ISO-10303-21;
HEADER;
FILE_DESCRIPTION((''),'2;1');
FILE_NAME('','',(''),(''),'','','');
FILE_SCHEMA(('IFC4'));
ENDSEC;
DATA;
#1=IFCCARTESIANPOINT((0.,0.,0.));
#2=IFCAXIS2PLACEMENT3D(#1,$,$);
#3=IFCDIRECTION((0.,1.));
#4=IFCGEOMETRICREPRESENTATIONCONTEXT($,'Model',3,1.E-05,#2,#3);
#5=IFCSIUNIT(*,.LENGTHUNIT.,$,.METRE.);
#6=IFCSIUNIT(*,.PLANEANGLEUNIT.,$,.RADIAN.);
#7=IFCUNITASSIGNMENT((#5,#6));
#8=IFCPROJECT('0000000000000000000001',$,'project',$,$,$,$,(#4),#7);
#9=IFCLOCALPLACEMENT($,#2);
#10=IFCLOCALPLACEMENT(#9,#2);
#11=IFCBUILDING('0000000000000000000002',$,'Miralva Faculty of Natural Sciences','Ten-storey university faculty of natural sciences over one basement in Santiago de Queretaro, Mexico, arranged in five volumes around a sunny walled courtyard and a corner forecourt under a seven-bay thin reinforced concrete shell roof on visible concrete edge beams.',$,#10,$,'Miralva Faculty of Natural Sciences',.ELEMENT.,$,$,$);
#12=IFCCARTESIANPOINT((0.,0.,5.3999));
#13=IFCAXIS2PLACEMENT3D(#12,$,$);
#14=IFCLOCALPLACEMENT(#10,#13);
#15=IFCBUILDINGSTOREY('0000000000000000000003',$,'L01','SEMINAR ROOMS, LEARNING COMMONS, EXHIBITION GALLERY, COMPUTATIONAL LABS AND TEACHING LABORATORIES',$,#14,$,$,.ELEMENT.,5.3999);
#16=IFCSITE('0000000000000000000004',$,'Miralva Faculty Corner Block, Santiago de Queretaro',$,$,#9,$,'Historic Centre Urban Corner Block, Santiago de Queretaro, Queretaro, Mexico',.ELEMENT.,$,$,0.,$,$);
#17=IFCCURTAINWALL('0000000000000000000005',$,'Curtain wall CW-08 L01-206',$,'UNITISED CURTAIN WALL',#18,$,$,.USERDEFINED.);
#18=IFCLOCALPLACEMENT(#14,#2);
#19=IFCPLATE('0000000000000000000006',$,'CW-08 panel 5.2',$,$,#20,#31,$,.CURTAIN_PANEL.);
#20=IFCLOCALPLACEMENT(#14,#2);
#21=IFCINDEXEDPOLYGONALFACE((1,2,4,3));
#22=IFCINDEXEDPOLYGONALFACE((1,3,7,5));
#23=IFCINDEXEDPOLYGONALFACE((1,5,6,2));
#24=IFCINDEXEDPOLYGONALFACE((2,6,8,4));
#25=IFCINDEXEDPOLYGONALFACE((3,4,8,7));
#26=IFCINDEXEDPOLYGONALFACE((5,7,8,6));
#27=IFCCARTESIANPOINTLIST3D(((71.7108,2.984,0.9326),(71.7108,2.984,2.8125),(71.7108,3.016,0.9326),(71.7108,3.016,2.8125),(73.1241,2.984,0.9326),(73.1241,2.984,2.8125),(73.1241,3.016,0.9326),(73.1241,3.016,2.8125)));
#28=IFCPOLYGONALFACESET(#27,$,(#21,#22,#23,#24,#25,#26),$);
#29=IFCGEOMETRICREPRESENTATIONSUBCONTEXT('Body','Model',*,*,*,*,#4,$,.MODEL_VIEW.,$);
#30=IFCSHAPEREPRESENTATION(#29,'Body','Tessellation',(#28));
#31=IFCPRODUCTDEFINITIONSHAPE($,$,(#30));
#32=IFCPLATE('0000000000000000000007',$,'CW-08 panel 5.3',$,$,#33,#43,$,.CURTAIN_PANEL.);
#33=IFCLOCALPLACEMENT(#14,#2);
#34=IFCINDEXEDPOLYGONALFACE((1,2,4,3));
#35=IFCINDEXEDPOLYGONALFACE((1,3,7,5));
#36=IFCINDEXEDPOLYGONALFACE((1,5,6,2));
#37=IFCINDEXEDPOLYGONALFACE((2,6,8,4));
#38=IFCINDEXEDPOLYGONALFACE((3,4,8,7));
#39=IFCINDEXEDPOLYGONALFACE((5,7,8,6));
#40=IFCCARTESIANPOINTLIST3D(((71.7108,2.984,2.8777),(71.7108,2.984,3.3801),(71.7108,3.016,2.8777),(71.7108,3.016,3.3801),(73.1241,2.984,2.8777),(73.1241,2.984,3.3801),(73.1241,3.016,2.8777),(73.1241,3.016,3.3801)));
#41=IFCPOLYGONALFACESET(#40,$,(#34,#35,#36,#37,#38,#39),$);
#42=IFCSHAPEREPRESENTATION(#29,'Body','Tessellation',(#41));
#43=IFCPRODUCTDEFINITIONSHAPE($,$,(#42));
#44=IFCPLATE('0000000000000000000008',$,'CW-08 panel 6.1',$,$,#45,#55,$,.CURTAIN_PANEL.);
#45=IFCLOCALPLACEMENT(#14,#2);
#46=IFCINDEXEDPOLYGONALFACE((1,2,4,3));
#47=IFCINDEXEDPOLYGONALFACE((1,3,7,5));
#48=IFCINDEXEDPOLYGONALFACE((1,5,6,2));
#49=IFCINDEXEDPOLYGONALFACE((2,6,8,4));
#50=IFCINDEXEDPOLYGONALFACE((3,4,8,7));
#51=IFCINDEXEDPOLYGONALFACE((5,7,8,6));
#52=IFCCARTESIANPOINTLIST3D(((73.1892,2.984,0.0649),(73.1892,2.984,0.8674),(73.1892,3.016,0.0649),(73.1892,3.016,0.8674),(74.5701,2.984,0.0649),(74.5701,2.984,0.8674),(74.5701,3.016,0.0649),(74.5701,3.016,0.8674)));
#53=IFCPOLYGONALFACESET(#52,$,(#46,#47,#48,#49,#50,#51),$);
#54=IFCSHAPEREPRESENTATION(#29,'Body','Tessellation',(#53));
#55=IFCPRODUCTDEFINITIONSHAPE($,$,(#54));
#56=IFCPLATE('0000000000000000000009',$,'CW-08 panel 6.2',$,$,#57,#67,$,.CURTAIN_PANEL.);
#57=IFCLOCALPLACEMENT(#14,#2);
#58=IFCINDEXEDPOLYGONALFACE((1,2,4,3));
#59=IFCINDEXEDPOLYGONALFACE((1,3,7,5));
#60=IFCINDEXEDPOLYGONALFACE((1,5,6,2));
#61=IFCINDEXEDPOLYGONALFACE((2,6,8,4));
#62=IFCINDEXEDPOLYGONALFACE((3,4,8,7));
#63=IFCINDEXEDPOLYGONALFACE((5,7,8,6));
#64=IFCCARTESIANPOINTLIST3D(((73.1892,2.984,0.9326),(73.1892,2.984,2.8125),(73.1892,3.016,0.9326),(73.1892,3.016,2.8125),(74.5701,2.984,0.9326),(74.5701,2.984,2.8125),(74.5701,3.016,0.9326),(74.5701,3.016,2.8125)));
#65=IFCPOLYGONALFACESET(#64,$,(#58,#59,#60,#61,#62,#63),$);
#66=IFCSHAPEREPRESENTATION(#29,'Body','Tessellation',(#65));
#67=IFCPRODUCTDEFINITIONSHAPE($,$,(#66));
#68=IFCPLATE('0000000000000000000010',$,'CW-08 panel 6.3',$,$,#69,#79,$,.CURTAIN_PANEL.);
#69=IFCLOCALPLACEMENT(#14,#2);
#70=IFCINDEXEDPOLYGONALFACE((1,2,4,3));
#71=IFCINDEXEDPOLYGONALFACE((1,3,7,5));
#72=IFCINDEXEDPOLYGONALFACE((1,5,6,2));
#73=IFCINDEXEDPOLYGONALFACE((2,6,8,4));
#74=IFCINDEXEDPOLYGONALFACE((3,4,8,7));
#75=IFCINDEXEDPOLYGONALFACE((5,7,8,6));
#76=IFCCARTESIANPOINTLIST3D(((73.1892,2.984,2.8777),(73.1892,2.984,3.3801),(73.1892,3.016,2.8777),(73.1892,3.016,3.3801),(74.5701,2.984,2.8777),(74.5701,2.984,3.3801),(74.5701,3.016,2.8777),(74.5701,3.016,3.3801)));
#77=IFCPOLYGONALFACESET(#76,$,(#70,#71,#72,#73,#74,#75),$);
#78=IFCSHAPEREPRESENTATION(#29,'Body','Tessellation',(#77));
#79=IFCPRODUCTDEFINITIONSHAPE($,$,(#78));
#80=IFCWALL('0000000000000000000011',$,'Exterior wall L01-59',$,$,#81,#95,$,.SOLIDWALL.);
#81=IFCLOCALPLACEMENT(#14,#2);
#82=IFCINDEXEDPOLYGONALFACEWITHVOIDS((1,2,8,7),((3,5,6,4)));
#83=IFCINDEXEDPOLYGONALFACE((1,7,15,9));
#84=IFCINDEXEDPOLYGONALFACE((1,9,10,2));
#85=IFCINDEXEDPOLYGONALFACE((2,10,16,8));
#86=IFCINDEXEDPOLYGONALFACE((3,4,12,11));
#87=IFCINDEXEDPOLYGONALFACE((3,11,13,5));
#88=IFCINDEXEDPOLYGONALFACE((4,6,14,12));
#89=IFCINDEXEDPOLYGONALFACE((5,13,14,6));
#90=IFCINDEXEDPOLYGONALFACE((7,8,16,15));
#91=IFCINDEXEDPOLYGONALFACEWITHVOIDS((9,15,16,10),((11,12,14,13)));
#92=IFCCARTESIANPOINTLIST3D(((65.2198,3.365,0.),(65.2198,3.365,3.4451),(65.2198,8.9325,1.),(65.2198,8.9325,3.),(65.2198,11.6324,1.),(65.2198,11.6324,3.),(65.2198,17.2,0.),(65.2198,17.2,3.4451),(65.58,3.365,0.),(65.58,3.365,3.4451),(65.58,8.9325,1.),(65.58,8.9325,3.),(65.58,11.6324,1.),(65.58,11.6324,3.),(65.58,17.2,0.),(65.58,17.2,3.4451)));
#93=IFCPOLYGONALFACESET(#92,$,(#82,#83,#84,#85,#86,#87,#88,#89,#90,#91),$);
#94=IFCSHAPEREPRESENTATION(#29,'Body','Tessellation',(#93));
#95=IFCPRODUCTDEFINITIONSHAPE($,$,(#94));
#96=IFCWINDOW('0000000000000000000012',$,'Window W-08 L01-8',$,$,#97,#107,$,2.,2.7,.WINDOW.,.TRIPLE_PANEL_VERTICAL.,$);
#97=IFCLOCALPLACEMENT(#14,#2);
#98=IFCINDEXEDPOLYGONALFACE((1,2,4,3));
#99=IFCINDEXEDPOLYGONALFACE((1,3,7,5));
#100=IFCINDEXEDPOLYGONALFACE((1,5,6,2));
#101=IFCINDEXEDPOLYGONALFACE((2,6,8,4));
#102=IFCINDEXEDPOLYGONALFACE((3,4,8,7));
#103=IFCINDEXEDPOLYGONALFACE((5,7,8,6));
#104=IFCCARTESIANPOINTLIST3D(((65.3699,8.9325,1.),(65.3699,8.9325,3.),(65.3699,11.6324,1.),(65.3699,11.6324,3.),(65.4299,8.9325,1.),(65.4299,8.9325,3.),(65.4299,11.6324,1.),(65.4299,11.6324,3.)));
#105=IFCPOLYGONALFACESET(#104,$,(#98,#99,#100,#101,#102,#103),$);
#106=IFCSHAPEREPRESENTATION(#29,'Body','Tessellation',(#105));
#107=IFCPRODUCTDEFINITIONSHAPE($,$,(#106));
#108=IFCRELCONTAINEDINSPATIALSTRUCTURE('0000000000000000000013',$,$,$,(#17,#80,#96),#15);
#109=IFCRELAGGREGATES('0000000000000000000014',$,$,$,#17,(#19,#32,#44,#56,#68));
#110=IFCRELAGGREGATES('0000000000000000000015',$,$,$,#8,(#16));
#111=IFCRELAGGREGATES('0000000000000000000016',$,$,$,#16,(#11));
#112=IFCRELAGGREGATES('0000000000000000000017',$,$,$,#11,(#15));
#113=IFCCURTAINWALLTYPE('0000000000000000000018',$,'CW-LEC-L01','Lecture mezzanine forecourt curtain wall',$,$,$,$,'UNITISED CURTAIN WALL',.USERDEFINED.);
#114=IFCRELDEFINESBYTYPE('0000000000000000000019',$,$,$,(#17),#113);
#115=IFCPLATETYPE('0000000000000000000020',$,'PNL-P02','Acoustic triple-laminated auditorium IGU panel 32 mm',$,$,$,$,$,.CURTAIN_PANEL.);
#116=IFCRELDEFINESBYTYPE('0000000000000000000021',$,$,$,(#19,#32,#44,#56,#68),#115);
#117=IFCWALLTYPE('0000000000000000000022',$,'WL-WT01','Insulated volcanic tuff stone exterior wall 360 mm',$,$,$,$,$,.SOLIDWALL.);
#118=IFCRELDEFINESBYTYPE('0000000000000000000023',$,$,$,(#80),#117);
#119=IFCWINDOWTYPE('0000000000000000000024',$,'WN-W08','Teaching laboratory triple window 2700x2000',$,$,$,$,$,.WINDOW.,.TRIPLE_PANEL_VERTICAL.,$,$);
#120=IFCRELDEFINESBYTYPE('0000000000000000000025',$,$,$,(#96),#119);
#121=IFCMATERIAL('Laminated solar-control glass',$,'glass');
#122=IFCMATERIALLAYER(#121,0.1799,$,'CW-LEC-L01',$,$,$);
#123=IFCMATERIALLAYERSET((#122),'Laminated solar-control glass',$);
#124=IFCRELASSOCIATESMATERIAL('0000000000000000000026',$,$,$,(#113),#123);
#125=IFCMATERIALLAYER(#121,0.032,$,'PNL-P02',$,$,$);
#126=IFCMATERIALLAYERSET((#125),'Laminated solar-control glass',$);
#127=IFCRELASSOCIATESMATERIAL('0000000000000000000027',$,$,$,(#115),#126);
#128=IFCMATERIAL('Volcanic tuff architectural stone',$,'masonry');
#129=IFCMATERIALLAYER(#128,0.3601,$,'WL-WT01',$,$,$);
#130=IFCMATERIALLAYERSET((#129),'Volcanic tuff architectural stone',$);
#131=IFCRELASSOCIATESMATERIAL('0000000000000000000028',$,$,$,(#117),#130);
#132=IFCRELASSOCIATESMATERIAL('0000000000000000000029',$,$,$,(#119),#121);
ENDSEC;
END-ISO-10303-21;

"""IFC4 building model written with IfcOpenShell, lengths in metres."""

from ifc_helpers import new_model, si_unit, direction, frame, frame_2d, origin, origin_2d, place, context, subcontext, project, spatial, rectangle, extrude, material, layer, layer_set, type_object, element, fill, aggregate, save


model = new_model("IFC4")

# Units and contexts
model_context = context("Model", 3, precision=1e-05, world=origin(), true_north=direction((0.0, 1.0)))
body_context = subcontext(model_context, "Body", "Model", "MODEL_VIEW")
ifc_project = project(units=[si_unit("LENGTHUNIT", "METRE"), si_unit("PLANEANGLEUNIT", "RADIAN")], contexts=[model_context])

# Site, building, storey
site_placement = place(None, origin())
site = spatial("IfcSite", under=ifc_project, at=site_placement, Name="Miralva Faculty Corner Block, Santiago de Queretaro", LongName="Historic Centre Urban Corner Block, Santiago de Queretaro, Queretaro, Mexico", CompositionType="ELEMENT", RefElevation=0.0)
building_placement = place(site_placement, origin())
building = spatial("IfcBuilding", under=site, at=building_placement, Name="Miralva Faculty of Natural Sciences", Description="Ten-storey university faculty of natural sciences over one basement in Santiago de Queretaro, Mexico, arranged in five volumes around a sunny walled courtyard and a corner forecourt under a seven-bay thin reinforced concrete shell roof on visible concrete edge beams.", LongName="Miralva Faculty of Natural Sciences", CompositionType="ELEMENT")
storey_placement = place(building_placement, frame((0.0, 0.0, 5.3999)))
storey = spatial("IfcBuildingStorey", under=building, at=storey_placement, Name="L01", Description="SEMINAR ROOMS, LEARNING COMMONS, EXHIBITION GALLERY, COMPUTATIONAL LABS AND TEACHING LABORATORIES", CompositionType="ELEMENT", Elevation=5.3999)

# Curtain wall
ifc_material_1 = material(Name="Laminated solar-control glass", Category="glass")
ifc_layer_1 = layer(ifc_material_1, 0.1799, Name="CW-LEC-L01")
ifc_layer_set_1 = layer_set([ifc_layer_1], Name="Laminated solar-control glass")
curtain_wall_type = type_object("IfcCurtainWallType", Name="CW-LEC-L01", Description="Lecture mezzanine forecourt curtain wall", ElementType="UNITISED CURTAIN WALL", PredefinedType="USERDEFINED", material=ifc_layer_set_1)
curtain_wall_1_placement = place(storey_placement, origin())
curtain_wall_1 = element("IfcCurtainWall", 1, at=curtain_wall_1_placement, inside=storey, type_object=curtain_wall_type, Name="Curtain wall CW-08 L01-206", ObjectType="UNITISED CURTAIN WALL", PredefinedType="USERDEFINED")

# Plates
ifc_layer_2 = layer(ifc_material_1, 0.032, Name="PNL-P02")
ifc_layer_set_2 = layer_set([ifc_layer_2], Name="Laminated solar-control glass")
plate_type = type_object("IfcPlateType", Name="PNL-P02", Description="Acoustic triple-laminated auditorium IGU panel 32 mm", PredefinedType="CURTAIN_PANEL", material=ifc_layer_set_2)
plate_1_placement = place(storey_placement, frame((72.4175, 3.0, 0.9326), z_axis=(0.0, 0.0, 1.0), x_axis=(1.0, 0.0, 0.0)))
plate_1 = element("IfcPlate", 2, at=plate_1_placement, type_object=plate_type, Name="CW-08 panel 5.2", PredefinedType="CURTAIN_PANEL", context=body_context, shape_type="SweptSolid", body=[
    extrude(rectangle(XDim=1.4133, YDim=0.032, at=origin_2d()), origin(), (0.0, 0.0, 1.0), 1.8799),
])
plate_2_placement = place(storey_placement, frame((72.4175, 3.0, 2.8777), z_axis=(0.0, 0.0, 1.0), x_axis=(1.0, 0.0, 0.0)))
plate_2 = element("IfcPlate", 3, at=plate_2_placement, type_object=plate_type, Name="CW-08 panel 5.3", PredefinedType="CURTAIN_PANEL", context=body_context, shape_type="SweptSolid", body=[
    extrude(rectangle(XDim=1.4133, YDim=0.032, at=origin_2d()), origin(), (0.0, 0.0, 1.0), 0.5024),
])
plate_3_placement = place(storey_placement, frame((73.8796, 3.0, 0.0649), z_axis=(0.0, 0.0, 1.0), x_axis=(1.0, 0.0, 0.0)))
plate_3 = element("IfcPlate", 4, at=plate_3_placement, type_object=plate_type, Name="CW-08 panel 6.1", PredefinedType="CURTAIN_PANEL", context=body_context, shape_type="SweptSolid", body=[
    extrude(rectangle(XDim=1.3809, YDim=0.032, at=origin_2d()), origin(), (0.0, 0.0, 1.0), 0.8025),
])
plate_4_placement = place(storey_placement, frame((73.8796, 3.0, 0.9326), z_axis=(0.0, 0.0, 1.0), x_axis=(1.0, 0.0, 0.0)))
plate_4 = element("IfcPlate", 5, at=plate_4_placement, type_object=plate_type, Name="CW-08 panel 6.2", PredefinedType="CURTAIN_PANEL", context=body_context, shape_type="SweptSolid", body=[
    extrude(rectangle(XDim=1.3809, YDim=0.032, at=origin_2d()), origin(), (0.0, 0.0, 1.0), 1.8799),
])
plate_5_placement = place(storey_placement, frame((73.8796, 3.0, 2.8777), z_axis=(0.0, 0.0, 1.0), x_axis=(1.0, 0.0, 0.0)))
plate_5 = element("IfcPlate", 6, at=plate_5_placement, type_object=plate_type, Name="CW-08 panel 6.3", PredefinedType="CURTAIN_PANEL", context=body_context, shape_type="SweptSolid", body=[
    extrude(rectangle(XDim=1.3809, YDim=0.032, at=origin_2d()), origin(), (0.0, 0.0, 1.0), 0.5024),
])
aggregate(curtain_wall_1, [plate_1, plate_2, plate_3, plate_4, plate_5])

# Wall, opening, window
ifc_material_2 = material(Name="Volcanic tuff architectural stone", Category="masonry")
ifc_layer_3 = layer(ifc_material_2, 0.3601, Name="WL-WT01")
ifc_layer_set_3 = layer_set([ifc_layer_3], Name="Volcanic tuff architectural stone")
wall_type = type_object("IfcWallType", Name="WL-WT01", Description="Insulated volcanic tuff stone exterior wall 360 mm", PredefinedType="SOLIDWALL", material=ifc_layer_set_3)
wall_placement = place(storey_placement, frame((65.3999, 3.365, 0.0), z_axis=(0.0, 0.0, 1.0), x_axis=(0.0, 1.0, 0.0)))
wall = element("IfcWall", 7, at=wall_placement, inside=storey, type_object=wall_type, Name="Exterior wall L01-59", PredefinedType="SOLIDWALL", context=body_context, shape_type="SweptSolid", body=[
    extrude(rectangle(XDim=13.835, YDim=0.3601, at=frame_2d((6.9175, 0.0))), origin(), (0.0, 0.0, 1.0), 3.4451),
])
opening_placement = place(wall_placement, frame((5.5674, 0.0, 1.0)))
opening = element("IfcOpeningElement", 8, at=opening_placement, cuts=wall, PredefinedType="OPENING", context=body_context, shape_type="SweptSolid", body=[
    extrude(rectangle(XDim=2.7, YDim=2.0, at=frame_2d((1.3501, 1.0))), frame((0.0, 0.1899, 0.0), z_axis=(0.0, -1.0, 0.0), x_axis=(1.0, 0.0, 0.0)), (0.0, 0.0, 1.0), 0.3801),
])
window_type = type_object("IfcWindowType", Name="WN-W08", Description="Teaching laboratory triple window 2700x2000", PartitioningType="TRIPLE_PANEL_VERTICAL", PredefinedType="WINDOW", material=ifc_material_1)
window_placement = place(opening_placement, origin())
window = element("IfcWindow", 9, at=window_placement, inside=storey, type_object=window_type, Name="Window W-08 L01-8", OverallHeight=2.0, OverallWidth=2.7, PartitioningType="TRIPLE_PANEL_VERTICAL", PredefinedType="WINDOW", context=body_context, shape_type="SweptSolid", body=[
    extrude(rectangle(XDim=2.7, YDim=2.0, at=frame_2d((1.3501, 1.0))), frame((0.0, 0.03, 0.0), z_axis=(0.0, -1.0, 0.0), x_axis=(1.0, 0.0, 0.0)), (0.0, 0.0, 1.0), 0.0601),
])
fill(opening, window)

save(model, "model.ifc")
